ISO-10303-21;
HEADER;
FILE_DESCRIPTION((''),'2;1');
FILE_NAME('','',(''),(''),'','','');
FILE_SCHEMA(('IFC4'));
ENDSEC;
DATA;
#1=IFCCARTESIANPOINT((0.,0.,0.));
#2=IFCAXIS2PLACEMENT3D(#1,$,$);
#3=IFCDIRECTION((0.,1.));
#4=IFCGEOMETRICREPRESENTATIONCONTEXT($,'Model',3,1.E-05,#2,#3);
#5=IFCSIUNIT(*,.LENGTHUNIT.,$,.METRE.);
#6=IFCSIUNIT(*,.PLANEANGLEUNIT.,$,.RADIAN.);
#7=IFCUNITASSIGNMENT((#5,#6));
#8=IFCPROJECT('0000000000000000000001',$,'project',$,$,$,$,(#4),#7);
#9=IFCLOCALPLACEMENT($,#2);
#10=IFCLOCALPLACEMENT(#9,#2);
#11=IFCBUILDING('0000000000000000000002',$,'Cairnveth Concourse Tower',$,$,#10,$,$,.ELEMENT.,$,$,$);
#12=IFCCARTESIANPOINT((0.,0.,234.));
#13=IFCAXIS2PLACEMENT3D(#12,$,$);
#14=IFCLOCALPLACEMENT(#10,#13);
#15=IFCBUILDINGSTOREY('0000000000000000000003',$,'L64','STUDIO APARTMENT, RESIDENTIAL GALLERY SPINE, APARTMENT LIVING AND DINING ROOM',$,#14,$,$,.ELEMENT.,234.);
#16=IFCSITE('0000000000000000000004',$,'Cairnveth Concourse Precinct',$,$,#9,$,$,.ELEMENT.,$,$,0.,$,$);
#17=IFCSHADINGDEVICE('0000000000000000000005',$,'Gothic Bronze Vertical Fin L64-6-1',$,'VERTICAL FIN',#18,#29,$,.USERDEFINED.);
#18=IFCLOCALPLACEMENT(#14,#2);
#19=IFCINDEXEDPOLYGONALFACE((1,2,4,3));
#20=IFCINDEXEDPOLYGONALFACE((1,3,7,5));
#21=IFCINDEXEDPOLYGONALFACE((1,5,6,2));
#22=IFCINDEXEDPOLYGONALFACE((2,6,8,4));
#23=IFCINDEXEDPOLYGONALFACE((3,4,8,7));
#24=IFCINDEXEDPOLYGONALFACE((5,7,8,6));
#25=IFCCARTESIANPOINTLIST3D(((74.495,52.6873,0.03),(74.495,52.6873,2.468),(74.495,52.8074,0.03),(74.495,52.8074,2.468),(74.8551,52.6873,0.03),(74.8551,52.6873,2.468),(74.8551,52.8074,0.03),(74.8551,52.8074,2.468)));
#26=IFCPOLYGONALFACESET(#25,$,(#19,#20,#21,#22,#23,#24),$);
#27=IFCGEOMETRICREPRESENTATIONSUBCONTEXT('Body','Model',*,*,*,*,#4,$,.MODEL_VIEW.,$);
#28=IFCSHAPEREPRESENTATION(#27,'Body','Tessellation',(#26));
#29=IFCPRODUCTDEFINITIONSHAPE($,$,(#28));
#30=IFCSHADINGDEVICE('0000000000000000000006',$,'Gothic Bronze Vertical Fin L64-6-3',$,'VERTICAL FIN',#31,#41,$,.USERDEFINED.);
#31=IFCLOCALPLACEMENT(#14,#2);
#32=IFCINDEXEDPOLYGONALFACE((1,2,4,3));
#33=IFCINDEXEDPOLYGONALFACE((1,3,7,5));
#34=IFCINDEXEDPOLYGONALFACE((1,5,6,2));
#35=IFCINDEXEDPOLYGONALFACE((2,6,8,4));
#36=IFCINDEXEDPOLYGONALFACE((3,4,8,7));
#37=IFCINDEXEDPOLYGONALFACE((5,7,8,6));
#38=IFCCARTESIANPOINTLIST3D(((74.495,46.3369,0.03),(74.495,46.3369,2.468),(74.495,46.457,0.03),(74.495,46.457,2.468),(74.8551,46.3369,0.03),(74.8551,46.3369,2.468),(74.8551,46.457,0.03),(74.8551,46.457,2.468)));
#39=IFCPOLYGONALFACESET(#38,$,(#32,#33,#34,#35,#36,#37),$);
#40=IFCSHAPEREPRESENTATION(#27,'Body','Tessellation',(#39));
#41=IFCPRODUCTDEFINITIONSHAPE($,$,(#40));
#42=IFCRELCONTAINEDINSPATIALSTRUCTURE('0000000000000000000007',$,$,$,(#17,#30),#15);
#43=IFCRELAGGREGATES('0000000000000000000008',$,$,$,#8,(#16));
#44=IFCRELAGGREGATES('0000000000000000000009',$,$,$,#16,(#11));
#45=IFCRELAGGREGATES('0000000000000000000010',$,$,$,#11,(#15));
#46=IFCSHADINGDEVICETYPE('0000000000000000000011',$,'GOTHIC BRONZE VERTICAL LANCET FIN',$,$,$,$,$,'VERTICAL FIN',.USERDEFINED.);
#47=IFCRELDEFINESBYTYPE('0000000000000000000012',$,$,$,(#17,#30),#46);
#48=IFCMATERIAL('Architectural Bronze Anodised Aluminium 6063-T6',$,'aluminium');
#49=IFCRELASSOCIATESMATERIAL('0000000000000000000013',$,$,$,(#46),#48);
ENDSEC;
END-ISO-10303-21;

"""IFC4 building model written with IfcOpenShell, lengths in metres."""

from ifc_helpers import new_model, si_unit, direction, frame, origin, origin_2d, place, context, subcontext, project, spatial, rectangle, extrude, material, type_object, element, save


model = new_model("IFC4")

# Units and contexts
model_context = context("Model", 3, precision=1e-05, world=origin(), true_north=direction((0.0, 1.0)))
body_context = subcontext(model_context, "Body", "Model", "MODEL_VIEW")
ifc_project = project(units=[si_unit("LENGTHUNIT", "METRE"), si_unit("PLANEANGLEUNIT", "RADIAN")], contexts=[model_context])

# Site, building, storey
site_placement = place(None, origin())
site = spatial("IfcSite", under=ifc_project, at=site_placement, Name="Cairnveth Concourse Precinct", CompositionType="ELEMENT", RefElevation=0.0)
building_placement = place(site_placement, origin())
building = spatial("IfcBuilding", under=site, at=building_placement, Name="Cairnveth Concourse Tower", CompositionType="ELEMENT")
storey_placement = place(building_placement, frame((0.0, 0.0, 234.0)))
storey = spatial("IfcBuildingStorey", under=building, at=storey_placement, Name="L64", Description="STUDIO APARTMENT, RESIDENTIAL GALLERY SPINE, APARTMENT LIVING AND DINING ROOM", CompositionType="ELEMENT", Elevation=234.0)

# Shading devices
ifc_material_1 = material(Name="Architectural Bronze Anodised Aluminium 6063-T6", Category="aluminium")
shading_device_type = type_object("IfcShadingDeviceType", Name="GOTHIC BRONZE VERTICAL LANCET FIN", ElementType="VERTICAL FIN", PredefinedType="USERDEFINED", material=ifc_material_1)
for number, where, z_axis, x_axis, name in (
    (1, (74.675, 52.7473, 0.03), (0.0, 0.0, 1.0), (0.0, 1.0, 0.0), "Gothic Bronze Vertical Fin L64-6-1"),
    (2, (74.675, 46.397, 0.03), (0.0, 0.0, 1.0), (0.0, 1.0, 0.0), "Gothic Bronze Vertical Fin L64-6-3"),
):
    element("IfcShadingDevice", number, at=place(storey_placement, frame(where, z_axis=z_axis, x_axis=x_axis)), inside=storey, type_object=shading_device_type, Name=name, ObjectType="VERTICAL FIN", PredefinedType="USERDEFINED", context=body_context, shape_type="SweptSolid", body=[
        extrude(rectangle(XDim=0.1201, YDim=0.3601, at=origin_2d()), origin(), (0.0, 0.0, 1.0), 2.438),
    ])

save(model, "model.ifc")
